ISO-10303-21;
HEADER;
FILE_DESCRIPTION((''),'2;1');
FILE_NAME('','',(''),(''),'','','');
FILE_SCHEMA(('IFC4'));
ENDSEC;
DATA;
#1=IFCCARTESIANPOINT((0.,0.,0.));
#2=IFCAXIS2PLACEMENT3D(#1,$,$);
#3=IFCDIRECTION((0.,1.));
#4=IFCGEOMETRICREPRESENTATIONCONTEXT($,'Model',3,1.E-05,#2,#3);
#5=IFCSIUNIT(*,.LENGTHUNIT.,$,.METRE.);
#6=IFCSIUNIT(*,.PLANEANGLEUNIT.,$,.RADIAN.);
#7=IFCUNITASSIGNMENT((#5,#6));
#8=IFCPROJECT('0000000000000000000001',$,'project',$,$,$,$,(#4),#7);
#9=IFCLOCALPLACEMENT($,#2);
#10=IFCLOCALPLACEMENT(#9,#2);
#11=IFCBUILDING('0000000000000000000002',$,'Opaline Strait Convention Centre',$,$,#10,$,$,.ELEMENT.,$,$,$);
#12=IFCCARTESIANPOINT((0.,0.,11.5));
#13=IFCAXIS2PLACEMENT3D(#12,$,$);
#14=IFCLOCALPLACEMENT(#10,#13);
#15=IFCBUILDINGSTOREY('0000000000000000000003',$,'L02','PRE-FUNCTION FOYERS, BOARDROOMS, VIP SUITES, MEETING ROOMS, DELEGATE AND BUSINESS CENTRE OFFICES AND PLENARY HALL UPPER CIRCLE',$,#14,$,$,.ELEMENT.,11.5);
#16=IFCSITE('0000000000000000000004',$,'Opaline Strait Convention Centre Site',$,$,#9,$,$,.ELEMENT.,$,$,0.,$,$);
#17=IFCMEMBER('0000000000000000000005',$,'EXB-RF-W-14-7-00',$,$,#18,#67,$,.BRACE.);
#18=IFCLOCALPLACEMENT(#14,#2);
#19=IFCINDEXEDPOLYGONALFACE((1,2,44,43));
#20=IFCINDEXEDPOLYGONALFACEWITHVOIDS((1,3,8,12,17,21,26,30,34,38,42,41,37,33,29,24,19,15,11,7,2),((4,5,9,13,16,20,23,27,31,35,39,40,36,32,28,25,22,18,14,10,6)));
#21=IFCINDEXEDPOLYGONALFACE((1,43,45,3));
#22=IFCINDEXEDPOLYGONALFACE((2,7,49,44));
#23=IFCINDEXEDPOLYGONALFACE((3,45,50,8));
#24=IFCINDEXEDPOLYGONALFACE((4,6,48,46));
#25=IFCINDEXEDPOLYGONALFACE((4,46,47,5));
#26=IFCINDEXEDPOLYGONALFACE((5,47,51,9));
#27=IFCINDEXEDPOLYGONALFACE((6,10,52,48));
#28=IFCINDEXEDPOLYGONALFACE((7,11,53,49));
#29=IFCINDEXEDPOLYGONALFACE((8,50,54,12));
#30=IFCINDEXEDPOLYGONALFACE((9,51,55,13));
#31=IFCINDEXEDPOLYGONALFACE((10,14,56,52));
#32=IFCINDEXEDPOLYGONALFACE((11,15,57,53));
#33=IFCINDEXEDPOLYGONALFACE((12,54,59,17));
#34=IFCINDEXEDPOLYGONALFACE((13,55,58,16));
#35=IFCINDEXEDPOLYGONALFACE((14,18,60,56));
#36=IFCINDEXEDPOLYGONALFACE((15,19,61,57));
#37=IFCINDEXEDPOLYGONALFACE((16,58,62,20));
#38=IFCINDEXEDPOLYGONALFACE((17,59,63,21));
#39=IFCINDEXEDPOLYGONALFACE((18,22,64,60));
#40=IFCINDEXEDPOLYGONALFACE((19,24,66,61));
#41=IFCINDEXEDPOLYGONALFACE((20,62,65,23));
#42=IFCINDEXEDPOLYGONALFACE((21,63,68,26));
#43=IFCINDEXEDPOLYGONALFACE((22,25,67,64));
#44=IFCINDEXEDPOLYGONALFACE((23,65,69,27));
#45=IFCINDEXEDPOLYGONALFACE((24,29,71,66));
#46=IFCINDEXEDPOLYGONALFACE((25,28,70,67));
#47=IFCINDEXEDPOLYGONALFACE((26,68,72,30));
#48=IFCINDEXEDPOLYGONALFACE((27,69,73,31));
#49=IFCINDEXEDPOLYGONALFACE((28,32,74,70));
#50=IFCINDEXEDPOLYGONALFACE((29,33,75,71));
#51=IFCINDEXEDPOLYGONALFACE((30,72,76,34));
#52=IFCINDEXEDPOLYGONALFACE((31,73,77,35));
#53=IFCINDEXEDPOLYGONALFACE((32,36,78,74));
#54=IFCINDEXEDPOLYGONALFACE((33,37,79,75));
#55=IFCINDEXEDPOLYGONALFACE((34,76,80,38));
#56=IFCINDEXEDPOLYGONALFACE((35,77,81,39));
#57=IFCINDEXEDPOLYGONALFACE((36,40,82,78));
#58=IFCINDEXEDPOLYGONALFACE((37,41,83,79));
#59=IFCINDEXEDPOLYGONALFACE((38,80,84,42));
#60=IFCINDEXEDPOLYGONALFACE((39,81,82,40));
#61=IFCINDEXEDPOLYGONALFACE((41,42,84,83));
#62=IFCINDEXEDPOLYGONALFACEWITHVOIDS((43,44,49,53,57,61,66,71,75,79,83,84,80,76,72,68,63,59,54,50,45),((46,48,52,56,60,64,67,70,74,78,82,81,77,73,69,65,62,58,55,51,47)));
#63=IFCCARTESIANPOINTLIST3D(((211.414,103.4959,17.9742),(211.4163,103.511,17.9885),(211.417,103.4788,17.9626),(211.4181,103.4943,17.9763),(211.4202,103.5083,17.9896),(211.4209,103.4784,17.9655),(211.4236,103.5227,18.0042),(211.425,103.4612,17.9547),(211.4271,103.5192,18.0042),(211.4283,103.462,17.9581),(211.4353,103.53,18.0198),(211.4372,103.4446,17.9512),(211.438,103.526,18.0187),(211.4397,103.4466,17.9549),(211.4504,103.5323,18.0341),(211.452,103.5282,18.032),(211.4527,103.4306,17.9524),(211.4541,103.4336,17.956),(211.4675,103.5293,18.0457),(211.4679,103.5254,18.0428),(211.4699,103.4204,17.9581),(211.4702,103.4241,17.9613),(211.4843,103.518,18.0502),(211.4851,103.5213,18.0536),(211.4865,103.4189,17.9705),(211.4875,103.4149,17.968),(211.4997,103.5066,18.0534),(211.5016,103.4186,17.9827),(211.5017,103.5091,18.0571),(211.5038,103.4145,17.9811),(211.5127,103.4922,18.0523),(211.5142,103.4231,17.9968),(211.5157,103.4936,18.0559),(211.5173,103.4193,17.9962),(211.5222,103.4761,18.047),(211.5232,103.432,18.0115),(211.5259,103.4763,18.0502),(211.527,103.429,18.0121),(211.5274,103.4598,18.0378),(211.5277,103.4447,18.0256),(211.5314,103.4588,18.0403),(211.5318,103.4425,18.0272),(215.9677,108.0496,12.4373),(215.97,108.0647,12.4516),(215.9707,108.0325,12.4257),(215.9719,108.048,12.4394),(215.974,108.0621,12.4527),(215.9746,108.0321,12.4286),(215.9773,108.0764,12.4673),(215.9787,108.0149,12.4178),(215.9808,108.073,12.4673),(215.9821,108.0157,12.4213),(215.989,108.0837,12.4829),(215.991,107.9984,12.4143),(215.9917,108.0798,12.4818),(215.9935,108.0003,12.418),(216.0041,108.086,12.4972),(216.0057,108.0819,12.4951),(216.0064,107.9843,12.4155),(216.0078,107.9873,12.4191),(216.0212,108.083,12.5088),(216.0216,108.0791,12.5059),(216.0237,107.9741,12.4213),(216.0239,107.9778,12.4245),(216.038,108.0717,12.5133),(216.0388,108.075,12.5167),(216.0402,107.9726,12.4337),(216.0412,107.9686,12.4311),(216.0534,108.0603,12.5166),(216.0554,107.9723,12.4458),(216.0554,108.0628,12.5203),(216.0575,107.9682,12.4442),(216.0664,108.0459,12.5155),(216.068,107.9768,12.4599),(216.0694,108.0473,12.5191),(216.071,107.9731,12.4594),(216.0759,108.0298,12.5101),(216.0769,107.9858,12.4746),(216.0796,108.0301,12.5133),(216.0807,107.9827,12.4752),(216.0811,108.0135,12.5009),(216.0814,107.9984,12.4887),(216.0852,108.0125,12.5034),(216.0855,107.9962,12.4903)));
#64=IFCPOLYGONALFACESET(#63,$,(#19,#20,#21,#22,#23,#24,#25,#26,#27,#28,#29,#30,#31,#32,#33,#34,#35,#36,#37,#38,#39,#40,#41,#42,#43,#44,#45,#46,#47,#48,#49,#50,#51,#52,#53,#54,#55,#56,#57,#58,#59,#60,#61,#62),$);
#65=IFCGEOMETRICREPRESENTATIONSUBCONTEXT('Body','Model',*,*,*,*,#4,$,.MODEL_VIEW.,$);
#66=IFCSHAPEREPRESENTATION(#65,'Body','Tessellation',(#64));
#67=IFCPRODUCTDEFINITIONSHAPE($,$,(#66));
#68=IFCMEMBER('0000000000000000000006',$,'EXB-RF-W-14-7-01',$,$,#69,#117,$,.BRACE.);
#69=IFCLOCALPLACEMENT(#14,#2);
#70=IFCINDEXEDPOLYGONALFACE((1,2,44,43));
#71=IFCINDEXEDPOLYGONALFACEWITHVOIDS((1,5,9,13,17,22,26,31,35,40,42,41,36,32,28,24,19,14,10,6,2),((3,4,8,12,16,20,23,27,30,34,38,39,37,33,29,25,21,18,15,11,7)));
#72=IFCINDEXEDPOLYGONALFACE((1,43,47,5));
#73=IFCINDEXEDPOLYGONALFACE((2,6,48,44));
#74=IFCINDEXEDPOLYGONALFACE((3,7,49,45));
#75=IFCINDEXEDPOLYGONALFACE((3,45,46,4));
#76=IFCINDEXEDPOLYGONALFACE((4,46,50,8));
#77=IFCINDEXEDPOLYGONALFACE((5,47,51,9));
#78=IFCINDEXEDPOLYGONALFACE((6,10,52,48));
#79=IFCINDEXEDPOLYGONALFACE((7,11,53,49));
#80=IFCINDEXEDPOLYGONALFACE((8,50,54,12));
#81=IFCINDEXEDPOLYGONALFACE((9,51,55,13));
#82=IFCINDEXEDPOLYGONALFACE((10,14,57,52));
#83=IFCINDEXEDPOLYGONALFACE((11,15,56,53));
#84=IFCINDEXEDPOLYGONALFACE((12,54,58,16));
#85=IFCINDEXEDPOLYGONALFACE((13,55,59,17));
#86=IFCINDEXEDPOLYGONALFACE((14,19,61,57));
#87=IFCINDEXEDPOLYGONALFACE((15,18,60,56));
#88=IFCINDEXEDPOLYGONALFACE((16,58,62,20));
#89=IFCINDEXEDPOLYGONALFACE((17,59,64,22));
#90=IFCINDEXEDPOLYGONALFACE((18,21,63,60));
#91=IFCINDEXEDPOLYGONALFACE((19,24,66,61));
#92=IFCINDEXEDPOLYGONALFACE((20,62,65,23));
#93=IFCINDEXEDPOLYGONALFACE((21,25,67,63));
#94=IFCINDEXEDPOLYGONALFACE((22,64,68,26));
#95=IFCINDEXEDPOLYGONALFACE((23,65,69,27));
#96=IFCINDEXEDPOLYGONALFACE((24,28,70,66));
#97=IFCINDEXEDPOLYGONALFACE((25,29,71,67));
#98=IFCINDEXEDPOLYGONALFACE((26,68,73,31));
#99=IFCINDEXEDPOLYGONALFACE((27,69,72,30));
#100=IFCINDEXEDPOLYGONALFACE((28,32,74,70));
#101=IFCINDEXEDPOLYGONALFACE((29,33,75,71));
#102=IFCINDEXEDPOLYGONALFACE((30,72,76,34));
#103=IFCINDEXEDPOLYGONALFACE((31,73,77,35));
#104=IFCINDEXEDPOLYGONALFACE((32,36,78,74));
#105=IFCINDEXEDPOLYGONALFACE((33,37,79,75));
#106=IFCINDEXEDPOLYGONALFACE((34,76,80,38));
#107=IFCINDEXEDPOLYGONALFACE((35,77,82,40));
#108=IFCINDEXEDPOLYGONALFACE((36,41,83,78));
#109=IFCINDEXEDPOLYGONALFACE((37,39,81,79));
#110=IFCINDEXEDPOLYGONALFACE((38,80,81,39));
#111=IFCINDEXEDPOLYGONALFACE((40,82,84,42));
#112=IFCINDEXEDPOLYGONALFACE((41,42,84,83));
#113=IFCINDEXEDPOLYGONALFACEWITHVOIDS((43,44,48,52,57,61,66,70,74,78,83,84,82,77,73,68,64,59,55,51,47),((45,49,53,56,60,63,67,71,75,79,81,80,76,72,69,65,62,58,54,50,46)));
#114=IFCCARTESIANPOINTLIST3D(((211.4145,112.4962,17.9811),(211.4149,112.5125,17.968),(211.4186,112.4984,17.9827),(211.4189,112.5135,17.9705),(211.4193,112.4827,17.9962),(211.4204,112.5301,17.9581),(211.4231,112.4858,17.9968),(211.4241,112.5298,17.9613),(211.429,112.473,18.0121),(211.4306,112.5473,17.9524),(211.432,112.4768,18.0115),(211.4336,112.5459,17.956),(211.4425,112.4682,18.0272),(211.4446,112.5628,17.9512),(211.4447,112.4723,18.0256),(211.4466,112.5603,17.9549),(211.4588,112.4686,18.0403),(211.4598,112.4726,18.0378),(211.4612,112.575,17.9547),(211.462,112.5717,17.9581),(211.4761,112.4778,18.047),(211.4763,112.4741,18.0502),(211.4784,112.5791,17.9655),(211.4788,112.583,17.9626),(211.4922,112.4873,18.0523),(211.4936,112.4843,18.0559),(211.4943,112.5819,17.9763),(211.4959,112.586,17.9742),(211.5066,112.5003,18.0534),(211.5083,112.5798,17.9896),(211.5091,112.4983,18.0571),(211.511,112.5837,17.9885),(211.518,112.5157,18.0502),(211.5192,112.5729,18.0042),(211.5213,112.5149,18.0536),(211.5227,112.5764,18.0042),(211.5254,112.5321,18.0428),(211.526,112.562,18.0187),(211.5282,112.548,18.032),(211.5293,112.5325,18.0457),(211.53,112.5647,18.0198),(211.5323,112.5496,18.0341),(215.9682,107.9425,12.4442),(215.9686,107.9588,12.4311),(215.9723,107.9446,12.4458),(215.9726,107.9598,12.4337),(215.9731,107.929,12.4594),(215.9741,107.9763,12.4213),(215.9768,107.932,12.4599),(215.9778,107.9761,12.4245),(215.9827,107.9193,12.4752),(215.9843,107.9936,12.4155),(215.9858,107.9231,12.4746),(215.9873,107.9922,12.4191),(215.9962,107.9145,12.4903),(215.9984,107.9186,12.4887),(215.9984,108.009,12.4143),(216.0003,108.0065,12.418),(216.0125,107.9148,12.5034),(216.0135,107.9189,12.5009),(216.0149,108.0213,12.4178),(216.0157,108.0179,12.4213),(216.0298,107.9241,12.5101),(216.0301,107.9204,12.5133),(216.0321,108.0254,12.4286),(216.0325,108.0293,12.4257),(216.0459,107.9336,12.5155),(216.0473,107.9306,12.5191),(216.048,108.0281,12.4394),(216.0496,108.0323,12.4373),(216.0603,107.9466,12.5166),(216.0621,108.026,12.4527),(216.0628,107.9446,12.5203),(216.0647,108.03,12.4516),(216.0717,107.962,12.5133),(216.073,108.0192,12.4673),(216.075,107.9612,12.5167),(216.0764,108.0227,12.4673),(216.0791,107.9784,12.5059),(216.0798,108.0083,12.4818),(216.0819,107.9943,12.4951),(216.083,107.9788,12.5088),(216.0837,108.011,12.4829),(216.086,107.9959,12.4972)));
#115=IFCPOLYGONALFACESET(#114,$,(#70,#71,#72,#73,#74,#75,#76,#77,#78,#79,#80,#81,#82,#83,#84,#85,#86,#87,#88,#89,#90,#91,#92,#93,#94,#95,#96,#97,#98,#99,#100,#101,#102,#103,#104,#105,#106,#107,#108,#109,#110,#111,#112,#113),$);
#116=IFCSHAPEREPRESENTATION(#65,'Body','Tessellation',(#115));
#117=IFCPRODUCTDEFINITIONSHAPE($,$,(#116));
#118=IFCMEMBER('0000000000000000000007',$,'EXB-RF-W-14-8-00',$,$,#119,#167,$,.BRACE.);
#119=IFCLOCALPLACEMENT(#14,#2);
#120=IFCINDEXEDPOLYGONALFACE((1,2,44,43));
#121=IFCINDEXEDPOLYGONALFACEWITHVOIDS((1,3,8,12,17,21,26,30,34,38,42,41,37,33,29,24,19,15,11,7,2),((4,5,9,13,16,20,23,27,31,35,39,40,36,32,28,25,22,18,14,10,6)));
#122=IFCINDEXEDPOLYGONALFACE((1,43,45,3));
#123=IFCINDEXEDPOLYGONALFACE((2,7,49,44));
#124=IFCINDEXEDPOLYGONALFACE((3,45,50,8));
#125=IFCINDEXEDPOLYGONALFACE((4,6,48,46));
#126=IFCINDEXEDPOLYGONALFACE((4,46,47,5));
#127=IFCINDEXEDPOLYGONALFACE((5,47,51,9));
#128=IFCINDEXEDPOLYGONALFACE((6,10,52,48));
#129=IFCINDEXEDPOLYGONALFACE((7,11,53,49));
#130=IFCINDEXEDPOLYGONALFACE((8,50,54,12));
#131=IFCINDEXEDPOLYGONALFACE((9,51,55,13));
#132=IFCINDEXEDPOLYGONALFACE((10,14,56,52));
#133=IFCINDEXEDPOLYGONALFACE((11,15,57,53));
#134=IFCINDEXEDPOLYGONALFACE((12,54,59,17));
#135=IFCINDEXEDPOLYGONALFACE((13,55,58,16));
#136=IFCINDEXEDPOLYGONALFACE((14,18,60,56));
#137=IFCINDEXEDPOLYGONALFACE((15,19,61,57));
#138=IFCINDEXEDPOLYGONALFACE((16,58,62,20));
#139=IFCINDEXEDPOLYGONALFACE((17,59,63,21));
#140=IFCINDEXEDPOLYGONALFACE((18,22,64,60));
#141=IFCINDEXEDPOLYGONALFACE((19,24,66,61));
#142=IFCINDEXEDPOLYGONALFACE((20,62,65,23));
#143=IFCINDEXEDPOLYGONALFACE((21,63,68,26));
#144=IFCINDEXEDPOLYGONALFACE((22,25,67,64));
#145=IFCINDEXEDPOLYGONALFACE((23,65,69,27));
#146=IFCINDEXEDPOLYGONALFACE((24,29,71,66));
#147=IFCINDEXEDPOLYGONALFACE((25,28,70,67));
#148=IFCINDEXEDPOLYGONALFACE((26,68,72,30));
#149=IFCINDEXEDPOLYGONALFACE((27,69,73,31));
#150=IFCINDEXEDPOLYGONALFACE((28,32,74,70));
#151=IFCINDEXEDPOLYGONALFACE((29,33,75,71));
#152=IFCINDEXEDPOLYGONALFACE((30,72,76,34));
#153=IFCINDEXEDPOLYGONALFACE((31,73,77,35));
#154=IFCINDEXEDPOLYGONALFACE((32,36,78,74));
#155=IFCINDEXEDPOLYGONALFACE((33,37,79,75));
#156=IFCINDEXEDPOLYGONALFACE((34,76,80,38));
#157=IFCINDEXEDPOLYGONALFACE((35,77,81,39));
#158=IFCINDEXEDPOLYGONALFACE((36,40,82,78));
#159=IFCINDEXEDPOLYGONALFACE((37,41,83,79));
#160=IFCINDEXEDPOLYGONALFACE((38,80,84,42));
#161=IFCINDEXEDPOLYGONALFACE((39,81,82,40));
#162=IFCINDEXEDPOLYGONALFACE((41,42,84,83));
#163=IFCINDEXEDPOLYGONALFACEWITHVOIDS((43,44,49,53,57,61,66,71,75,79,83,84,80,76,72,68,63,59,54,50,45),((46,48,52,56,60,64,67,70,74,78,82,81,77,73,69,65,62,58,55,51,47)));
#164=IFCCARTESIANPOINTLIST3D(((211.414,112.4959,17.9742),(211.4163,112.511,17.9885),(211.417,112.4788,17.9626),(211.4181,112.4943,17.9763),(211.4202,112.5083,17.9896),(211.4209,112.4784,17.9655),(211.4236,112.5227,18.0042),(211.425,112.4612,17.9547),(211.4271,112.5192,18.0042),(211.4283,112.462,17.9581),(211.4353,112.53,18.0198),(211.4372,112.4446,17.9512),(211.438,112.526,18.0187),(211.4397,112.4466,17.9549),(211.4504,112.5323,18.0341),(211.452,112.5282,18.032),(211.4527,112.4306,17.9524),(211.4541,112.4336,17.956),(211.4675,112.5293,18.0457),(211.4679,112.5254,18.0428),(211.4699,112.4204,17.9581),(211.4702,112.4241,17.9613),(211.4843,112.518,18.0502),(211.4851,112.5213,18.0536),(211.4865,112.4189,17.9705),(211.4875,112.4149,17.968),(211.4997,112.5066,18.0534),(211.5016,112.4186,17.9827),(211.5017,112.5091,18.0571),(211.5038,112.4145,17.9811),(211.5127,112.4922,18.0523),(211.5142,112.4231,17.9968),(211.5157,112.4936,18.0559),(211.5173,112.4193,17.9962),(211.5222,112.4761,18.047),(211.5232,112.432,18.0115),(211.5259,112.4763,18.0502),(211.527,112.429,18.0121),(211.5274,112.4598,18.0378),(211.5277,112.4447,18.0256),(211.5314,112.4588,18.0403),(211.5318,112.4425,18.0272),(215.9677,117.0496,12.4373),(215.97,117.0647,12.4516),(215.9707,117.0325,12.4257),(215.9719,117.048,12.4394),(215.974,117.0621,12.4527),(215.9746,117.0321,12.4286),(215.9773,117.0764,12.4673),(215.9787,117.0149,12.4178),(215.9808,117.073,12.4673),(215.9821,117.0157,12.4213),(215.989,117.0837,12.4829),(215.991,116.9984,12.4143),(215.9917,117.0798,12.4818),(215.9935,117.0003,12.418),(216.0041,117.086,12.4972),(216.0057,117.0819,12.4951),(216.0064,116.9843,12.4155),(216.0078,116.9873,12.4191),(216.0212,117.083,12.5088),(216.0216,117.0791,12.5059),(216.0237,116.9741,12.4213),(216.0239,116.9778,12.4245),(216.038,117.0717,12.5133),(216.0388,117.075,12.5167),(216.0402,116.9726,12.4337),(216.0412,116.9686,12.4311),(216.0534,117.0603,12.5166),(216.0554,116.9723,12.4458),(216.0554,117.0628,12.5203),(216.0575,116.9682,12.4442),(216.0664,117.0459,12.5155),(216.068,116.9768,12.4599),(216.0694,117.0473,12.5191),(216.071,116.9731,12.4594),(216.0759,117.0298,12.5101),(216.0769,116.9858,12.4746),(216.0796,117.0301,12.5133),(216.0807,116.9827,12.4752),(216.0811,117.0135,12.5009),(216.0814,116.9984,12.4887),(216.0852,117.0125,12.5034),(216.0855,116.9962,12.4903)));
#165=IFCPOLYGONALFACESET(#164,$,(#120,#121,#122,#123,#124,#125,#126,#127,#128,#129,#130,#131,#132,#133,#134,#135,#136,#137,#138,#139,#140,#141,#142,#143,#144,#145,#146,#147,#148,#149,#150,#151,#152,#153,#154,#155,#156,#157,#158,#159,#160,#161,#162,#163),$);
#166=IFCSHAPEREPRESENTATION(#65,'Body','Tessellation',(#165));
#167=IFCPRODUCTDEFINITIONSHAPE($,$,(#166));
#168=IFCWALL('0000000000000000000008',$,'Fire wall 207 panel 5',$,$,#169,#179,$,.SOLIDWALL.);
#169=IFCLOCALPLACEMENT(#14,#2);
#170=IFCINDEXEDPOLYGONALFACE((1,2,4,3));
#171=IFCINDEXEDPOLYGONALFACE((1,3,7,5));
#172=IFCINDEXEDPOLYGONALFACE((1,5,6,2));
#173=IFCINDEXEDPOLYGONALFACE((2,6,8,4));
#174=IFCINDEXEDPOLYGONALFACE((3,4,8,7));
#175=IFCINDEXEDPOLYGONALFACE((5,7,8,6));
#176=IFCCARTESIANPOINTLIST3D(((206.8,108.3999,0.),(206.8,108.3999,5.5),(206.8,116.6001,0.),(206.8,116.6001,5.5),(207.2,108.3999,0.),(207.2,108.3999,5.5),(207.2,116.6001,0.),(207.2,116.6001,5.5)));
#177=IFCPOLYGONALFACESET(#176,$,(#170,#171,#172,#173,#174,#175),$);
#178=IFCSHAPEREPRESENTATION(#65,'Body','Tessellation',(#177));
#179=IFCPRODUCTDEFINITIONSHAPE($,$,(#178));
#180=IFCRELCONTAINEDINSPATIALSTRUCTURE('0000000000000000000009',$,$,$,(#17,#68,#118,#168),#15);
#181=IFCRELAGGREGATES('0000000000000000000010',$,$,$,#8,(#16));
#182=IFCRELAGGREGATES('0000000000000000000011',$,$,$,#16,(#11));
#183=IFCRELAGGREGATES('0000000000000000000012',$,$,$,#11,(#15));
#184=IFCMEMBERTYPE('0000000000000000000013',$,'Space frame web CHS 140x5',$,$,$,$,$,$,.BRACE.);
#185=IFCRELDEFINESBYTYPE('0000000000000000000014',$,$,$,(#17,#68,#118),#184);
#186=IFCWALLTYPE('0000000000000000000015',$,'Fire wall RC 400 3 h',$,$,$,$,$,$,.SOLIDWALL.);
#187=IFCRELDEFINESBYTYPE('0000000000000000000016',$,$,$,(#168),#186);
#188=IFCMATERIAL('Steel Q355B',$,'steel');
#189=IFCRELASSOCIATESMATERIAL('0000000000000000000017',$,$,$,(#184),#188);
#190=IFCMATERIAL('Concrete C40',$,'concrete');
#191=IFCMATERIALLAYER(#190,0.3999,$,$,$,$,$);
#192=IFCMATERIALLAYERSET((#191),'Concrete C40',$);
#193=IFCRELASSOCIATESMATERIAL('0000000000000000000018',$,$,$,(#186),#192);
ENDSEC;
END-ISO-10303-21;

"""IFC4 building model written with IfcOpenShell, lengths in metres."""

from ifc_helpers import new_model, si_unit, direction, frame, frame_2d, origin, origin_2d, place, context, subcontext, project, spatial, rectangle, hollow_circle, extrude, material, layer, layer_set, material_profile, profile_set, type_object, element, save


model = new_model("IFC4")

# Units and contexts
model_context = context("Model", 3, precision=1e-05, world=origin(), true_north=direction((0.0, 1.0)))
body_context = subcontext(model_context, "Body", "Model", "MODEL_VIEW")
ifc_project = project(units=[si_unit("LENGTHUNIT", "METRE"), si_unit("PLANEANGLEUNIT", "RADIAN")], contexts=[model_context])

# Site, building, storey
site_placement = place(None, origin())
site = spatial("IfcSite", under=ifc_project, at=site_placement, Name="Opaline Strait Convention Centre Site", CompositionType="ELEMENT", RefElevation=0.0)
building_placement = place(site_placement, origin())
building = spatial("IfcBuilding", under=site, at=building_placement, Name="Opaline Strait Convention Centre", CompositionType="ELEMENT")
storey_placement = place(building_placement, frame((0.0, 0.0, 11.5)))
storey = spatial("IfcBuildingStorey", under=building, at=storey_placement, Name="L02", Description="PRE-FUNCTION FOYERS, BOARDROOMS, VIP SUITES, MEETING ROOMS, DELEGATE AND BUSINESS CENTRE OFFICES AND PLENARY HALL UPPER CIRCLE", CompositionType="ELEMENT", Elevation=11.5)

# Shared definitions
ifc_material_1 = material(Name="Concrete C40", Category="concrete")

# Members
ifc_material_2 = material(Name="Steel Q355B", Category="steel")
ifc_material_profile_1 = material_profile(ifc_material_2, hollow_circle(Radius=0.0701, WallThickness=0.0049, at=origin_2d()), Name="CHS 140x5")
ifc_profile_set_1 = profile_set([ifc_material_profile_1], Name="Steel Q355B")
member_type_1 = type_object("IfcMemberType", Name="Space frame web CHS 140x5", PredefinedType="BRACE", material=ifc_profile_set_1)
for number, where, z_axis, x_axis, name in (
    (1, (211.4731, 103.4731, 18.0042), (0.536178, 0.536178, -0.65194), (-0.707107, 0.707107, 0.0), "EXB-RF-W-14-7-00"),
    (2, (211.4731, 112.5269, 18.0042), (0.536178, -0.536178, -0.65194), (0.707107, 0.707107, 0.0), "EXB-RF-W-14-7-01"),
    (3, (211.4731, 112.4731, 18.0042), (0.536178, 0.536178, -0.65194), (-0.707107, 0.707107, 0.0), "EXB-RF-W-14-8-00"),
):
    element("IfcMember", number, at=place(storey_placement, frame(where, z_axis=z_axis, x_axis=x_axis)), inside=storey, type_object=member_type_1, Name=name, PredefinedType="BRACE", context=body_context, shape_type="SweptSolid", body=[
        extrude(hollow_circle(Radius=0.0701, WallThickness=0.0049, at=origin_2d()), origin(), (0.0, 0.0, 1.0), 8.4929),
    ])

# Wall
ifc_layer = layer(ifc_material_1, 0.3999)
ifc_layer_set = layer_set([ifc_layer], Name="Concrete C40")
wall_type = type_object("IfcWallType", Name="Fire wall RC 400 3 h", PredefinedType="SOLIDWALL", material=ifc_layer_set)
wall_placement = place(storey_placement, frame((207.0, 108.3999, 0.0), z_axis=(0.0, 0.0, 1.0), x_axis=(0.0, 1.0, 0.0)))
element("IfcWall", 4, at=wall_placement, inside=storey, type_object=wall_type, Name="Fire wall 207 panel 5", PredefinedType="SOLIDWALL", context=body_context, shape_type="SweptSolid", body=[
    extrude(rectangle(XDim=8.2002, YDim=0.3999, at=frame_2d((4.1001, 0.0))), origin(), (0.0, 0.0, 1.0), 5.5),
])

save(model, "model.ifc")
